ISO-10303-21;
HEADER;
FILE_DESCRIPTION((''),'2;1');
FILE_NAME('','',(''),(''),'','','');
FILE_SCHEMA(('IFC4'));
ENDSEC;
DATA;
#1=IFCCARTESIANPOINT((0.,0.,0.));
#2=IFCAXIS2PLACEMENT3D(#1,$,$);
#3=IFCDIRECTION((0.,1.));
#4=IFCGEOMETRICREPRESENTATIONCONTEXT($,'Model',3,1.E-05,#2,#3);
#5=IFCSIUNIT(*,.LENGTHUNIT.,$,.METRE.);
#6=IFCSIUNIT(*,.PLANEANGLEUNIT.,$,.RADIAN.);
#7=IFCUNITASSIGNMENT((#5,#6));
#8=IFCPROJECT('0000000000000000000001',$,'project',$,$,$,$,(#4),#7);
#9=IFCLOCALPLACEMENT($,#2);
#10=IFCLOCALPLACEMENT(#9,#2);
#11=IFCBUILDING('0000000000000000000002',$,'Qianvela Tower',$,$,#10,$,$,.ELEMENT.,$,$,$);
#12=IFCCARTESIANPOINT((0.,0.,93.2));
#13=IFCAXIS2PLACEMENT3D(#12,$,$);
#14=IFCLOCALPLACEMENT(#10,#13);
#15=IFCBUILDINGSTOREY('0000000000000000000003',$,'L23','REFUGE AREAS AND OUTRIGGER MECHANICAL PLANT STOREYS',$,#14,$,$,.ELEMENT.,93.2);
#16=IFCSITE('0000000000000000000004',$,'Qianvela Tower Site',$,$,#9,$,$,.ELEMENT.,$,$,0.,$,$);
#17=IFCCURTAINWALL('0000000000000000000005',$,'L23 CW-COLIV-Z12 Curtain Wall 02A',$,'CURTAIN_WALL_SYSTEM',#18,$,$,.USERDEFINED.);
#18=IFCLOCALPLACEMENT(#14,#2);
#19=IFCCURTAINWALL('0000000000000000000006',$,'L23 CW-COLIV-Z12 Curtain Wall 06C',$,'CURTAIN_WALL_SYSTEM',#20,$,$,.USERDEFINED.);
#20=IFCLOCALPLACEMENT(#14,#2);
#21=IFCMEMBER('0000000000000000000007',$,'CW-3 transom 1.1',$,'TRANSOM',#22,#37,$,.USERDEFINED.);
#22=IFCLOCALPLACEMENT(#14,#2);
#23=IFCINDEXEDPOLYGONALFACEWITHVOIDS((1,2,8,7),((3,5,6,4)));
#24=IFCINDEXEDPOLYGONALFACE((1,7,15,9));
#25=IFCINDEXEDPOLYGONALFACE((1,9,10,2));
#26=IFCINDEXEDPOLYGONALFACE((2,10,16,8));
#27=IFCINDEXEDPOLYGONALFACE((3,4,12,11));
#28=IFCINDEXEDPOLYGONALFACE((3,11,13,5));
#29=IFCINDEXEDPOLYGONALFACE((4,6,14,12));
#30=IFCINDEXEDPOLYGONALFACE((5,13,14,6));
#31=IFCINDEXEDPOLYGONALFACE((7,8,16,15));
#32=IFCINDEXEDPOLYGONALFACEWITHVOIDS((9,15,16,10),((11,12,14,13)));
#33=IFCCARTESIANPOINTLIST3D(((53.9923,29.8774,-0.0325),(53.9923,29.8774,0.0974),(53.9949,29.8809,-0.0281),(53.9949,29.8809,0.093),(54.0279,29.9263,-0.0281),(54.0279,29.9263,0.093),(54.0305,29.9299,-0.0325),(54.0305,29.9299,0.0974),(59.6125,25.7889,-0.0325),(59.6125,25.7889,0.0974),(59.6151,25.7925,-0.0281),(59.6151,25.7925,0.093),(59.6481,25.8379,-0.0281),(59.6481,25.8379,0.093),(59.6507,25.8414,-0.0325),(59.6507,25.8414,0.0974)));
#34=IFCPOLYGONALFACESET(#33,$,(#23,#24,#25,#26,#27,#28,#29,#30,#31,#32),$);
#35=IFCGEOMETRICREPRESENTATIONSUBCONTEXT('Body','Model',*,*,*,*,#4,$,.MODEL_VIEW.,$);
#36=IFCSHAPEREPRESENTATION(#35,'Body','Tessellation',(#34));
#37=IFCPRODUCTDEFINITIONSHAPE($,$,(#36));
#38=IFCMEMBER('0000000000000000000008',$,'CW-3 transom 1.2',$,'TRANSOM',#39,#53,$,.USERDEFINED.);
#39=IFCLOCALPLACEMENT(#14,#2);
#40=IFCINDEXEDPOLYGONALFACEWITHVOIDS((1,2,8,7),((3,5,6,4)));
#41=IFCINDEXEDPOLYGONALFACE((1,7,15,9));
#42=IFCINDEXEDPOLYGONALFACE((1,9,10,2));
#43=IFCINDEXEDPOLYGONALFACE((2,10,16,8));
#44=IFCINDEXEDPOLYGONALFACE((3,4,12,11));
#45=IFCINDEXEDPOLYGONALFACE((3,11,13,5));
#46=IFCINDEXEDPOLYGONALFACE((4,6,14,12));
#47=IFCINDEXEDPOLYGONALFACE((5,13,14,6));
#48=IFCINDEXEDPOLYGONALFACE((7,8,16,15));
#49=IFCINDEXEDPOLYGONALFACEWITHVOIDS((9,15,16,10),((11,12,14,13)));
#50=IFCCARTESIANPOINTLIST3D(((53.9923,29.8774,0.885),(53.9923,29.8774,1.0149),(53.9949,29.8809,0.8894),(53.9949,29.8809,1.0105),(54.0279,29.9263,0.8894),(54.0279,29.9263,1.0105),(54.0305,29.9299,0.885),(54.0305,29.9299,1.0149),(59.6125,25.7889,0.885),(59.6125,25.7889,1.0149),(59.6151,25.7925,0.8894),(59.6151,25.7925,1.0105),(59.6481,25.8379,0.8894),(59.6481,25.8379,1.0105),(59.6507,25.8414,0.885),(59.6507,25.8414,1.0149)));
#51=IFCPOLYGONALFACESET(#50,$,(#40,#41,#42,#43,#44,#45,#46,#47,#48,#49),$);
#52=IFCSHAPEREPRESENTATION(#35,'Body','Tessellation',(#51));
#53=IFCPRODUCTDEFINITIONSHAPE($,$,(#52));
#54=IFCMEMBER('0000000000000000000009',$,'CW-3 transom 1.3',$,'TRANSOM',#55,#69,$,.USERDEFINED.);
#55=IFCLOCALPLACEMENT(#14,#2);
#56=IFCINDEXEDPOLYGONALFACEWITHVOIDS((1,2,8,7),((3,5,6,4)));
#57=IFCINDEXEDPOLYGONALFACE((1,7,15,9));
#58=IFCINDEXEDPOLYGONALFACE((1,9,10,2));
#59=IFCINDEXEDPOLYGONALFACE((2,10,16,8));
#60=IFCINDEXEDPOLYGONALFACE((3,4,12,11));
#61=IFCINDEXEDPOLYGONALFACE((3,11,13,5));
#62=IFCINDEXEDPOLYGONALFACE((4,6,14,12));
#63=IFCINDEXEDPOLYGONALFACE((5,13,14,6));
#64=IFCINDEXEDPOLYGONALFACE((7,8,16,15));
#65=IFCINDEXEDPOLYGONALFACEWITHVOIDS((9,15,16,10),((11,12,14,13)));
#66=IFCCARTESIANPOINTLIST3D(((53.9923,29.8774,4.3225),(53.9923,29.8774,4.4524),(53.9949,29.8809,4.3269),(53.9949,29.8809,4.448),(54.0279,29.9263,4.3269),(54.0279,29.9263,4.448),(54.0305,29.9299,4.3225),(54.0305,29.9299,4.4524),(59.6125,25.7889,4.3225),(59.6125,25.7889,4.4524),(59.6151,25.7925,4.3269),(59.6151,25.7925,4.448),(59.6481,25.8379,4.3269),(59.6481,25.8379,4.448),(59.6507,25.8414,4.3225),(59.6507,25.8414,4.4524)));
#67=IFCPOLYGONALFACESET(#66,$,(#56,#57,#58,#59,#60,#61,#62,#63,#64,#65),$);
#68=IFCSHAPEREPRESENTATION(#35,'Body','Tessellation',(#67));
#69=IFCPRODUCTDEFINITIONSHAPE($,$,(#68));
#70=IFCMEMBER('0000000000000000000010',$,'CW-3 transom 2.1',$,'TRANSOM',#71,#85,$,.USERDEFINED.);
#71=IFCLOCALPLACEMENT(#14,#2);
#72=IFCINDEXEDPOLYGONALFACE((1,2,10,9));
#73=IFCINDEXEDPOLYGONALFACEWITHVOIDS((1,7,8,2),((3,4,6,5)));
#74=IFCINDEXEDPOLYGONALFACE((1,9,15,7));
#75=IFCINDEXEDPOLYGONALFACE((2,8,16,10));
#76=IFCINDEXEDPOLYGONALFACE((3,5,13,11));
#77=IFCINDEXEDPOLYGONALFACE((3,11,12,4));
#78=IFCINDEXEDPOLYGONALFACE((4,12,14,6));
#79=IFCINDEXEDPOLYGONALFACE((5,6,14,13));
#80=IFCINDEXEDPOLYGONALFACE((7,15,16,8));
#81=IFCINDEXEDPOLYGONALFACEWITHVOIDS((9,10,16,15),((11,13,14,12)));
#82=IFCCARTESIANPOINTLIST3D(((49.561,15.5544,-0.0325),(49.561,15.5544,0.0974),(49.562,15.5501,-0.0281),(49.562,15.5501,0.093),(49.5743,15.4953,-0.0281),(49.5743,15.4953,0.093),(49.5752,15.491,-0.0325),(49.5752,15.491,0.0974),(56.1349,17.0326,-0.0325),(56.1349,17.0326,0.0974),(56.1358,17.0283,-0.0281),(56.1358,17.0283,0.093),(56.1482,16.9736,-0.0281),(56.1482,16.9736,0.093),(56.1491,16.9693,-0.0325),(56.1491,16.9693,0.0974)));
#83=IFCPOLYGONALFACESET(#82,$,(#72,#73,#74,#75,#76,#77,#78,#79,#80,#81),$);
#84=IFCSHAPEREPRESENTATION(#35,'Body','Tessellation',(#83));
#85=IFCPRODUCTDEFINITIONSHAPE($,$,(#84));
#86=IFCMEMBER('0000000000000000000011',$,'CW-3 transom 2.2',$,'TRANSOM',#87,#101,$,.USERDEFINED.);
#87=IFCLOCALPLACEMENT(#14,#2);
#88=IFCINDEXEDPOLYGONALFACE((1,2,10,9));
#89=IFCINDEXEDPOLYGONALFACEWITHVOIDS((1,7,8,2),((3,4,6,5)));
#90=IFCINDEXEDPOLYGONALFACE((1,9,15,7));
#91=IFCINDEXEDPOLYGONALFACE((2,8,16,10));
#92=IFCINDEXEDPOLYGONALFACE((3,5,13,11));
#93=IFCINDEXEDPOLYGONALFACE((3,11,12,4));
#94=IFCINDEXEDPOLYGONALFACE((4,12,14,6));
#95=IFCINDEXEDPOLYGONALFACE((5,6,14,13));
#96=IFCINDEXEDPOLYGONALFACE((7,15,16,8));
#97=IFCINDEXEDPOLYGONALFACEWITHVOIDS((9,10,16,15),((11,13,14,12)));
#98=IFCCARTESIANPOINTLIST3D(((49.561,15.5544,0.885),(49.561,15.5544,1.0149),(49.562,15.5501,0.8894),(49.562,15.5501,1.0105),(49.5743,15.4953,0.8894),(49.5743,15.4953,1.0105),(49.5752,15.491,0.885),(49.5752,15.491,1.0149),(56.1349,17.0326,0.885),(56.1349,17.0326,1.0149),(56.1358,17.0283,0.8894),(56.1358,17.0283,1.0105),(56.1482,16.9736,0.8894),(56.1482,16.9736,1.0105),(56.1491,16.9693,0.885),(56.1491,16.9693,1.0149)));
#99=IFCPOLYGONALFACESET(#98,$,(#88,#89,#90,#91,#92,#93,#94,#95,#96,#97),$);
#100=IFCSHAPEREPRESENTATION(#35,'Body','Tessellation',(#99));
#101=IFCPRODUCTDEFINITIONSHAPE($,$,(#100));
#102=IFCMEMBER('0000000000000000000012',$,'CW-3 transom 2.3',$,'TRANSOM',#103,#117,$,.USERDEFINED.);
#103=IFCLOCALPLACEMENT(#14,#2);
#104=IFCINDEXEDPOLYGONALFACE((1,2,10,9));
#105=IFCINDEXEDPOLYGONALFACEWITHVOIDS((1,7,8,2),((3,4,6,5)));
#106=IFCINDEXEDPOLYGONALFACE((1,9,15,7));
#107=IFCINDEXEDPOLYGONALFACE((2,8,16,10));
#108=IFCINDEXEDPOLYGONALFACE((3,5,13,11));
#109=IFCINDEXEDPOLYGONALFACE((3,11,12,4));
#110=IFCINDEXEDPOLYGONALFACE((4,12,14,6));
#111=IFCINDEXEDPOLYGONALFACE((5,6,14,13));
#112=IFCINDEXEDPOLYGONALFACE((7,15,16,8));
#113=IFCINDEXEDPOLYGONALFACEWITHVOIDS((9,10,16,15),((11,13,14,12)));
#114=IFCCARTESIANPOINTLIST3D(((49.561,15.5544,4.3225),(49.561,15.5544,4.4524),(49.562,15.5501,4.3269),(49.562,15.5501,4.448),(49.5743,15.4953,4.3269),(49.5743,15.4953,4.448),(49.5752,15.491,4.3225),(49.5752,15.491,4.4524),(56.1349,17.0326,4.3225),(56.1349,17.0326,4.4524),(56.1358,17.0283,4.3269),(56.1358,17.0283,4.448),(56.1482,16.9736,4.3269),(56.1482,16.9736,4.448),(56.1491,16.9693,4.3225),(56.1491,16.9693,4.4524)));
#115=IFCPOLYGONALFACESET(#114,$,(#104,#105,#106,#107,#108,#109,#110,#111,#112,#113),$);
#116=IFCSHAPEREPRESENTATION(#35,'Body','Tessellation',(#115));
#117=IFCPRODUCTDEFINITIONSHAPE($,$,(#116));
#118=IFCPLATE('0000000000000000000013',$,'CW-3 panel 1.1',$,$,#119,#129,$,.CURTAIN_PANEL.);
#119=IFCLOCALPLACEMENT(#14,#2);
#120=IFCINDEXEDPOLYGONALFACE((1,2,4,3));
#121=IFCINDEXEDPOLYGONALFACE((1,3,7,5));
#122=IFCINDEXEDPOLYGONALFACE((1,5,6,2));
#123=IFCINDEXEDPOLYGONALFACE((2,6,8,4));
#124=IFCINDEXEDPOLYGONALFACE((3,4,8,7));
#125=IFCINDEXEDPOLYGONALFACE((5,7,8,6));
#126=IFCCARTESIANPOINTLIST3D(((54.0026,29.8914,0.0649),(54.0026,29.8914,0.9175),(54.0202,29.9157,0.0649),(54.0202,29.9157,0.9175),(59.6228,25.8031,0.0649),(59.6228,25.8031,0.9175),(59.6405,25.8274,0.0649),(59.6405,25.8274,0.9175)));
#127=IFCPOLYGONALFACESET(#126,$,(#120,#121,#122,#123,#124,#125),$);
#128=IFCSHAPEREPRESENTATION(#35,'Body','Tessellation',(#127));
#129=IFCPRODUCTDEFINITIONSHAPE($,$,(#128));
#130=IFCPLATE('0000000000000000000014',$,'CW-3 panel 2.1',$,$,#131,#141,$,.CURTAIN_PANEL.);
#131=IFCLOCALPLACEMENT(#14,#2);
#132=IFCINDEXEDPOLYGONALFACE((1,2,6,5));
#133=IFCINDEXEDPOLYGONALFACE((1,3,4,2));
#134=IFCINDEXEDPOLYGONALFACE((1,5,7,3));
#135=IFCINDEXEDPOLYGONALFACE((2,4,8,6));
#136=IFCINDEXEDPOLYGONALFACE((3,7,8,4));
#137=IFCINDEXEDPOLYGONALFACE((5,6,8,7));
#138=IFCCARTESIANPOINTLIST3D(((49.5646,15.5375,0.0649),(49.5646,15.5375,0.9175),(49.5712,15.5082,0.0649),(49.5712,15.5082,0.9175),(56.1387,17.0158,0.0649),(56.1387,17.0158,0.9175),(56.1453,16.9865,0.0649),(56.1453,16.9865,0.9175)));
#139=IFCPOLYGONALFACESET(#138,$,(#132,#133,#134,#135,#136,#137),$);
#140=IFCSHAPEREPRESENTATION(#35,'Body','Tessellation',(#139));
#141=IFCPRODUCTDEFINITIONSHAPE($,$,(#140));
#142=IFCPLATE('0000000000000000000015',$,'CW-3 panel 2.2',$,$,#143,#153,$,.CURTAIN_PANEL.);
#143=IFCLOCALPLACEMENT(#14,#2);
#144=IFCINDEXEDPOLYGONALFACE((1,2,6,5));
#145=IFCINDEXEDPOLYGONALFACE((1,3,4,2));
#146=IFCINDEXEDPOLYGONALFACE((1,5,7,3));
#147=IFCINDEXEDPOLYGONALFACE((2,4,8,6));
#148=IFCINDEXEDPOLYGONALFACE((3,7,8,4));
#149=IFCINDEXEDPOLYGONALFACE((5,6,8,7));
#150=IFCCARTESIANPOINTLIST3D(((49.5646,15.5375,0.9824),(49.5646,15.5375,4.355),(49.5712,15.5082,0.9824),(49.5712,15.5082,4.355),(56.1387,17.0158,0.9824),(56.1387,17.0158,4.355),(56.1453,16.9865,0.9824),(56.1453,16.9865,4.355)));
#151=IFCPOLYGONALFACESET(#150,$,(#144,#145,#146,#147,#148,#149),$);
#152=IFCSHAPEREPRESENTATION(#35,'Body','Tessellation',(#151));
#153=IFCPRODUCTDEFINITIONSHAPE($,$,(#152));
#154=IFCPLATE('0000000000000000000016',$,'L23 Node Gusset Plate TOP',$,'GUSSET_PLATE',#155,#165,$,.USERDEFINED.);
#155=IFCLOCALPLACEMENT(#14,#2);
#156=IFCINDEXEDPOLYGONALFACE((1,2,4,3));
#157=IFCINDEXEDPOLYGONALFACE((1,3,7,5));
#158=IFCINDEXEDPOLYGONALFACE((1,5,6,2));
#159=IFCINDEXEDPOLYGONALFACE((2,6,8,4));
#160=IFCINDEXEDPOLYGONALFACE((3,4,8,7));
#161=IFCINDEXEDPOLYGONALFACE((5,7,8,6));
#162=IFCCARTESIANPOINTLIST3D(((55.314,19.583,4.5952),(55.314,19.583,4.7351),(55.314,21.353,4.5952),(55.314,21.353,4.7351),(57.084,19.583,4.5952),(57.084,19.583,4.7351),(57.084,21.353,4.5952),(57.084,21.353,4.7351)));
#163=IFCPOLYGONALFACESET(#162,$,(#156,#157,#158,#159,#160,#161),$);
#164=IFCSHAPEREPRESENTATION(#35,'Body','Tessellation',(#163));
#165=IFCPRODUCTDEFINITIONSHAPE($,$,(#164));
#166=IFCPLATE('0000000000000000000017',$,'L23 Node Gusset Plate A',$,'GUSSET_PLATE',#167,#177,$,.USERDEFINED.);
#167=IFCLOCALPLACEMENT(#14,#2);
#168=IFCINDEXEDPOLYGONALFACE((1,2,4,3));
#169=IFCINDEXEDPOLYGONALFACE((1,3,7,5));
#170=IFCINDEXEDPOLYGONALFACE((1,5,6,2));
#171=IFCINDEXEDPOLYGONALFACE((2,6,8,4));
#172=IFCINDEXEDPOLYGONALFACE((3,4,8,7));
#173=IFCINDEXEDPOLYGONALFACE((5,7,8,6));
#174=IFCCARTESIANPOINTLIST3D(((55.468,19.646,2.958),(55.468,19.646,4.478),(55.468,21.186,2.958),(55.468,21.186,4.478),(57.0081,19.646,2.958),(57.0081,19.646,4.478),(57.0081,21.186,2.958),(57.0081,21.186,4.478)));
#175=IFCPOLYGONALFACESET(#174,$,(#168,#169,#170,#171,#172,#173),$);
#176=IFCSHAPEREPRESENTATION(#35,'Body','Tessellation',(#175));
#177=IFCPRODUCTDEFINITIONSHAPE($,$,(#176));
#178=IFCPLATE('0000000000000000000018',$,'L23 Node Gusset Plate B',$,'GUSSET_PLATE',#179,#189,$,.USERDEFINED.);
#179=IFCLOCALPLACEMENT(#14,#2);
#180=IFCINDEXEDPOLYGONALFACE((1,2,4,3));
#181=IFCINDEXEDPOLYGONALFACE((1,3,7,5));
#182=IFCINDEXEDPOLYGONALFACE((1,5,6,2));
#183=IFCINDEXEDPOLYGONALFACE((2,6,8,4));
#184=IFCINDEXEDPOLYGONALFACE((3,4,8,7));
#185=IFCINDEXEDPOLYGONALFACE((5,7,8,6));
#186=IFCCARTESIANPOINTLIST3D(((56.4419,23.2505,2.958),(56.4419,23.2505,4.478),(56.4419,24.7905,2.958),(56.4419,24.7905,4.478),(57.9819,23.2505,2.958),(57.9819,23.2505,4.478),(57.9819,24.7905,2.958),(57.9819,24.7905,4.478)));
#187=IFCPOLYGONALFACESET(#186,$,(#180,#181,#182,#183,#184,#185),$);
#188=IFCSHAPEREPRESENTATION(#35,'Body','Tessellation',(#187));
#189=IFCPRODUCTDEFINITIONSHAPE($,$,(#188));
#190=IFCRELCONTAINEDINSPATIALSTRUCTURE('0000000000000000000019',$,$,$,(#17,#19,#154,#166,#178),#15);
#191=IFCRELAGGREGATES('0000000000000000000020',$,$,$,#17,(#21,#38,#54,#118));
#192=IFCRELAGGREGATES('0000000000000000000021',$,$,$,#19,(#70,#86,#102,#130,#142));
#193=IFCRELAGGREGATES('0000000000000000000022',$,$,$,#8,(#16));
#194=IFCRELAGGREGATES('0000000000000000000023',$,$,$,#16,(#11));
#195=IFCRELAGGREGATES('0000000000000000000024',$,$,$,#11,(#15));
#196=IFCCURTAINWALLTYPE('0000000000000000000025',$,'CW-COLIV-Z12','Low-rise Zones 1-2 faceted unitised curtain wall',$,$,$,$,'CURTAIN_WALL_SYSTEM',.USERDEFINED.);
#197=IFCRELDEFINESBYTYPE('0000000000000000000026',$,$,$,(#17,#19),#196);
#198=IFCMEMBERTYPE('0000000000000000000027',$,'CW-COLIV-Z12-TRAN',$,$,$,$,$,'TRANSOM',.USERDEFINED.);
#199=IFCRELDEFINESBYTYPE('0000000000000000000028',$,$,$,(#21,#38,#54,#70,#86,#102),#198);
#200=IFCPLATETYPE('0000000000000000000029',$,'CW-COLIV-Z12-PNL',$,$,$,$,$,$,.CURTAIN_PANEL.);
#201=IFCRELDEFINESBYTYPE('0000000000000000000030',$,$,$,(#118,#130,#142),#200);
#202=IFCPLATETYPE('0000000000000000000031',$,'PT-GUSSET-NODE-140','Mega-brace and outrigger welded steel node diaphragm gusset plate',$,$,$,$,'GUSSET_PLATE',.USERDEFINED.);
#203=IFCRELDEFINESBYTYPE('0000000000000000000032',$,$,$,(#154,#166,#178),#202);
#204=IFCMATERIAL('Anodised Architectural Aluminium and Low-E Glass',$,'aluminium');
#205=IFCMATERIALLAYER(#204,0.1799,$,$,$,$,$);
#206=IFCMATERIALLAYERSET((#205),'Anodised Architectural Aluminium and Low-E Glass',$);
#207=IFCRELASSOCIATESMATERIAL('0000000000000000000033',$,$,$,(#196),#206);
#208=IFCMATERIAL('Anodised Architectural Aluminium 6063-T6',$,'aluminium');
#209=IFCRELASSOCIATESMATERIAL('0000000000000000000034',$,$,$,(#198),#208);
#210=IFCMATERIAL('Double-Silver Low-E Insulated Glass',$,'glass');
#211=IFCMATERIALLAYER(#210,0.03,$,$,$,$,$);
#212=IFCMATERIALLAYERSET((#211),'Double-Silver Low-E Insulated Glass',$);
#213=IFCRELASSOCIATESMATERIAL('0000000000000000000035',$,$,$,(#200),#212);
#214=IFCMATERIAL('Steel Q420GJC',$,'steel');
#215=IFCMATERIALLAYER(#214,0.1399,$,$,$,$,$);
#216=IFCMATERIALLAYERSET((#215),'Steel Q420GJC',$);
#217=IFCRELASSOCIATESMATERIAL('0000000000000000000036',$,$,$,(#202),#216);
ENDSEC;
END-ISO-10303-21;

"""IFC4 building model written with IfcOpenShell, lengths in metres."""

from ifc_helpers import new_model, si_unit, direction, frame, origin, origin_2d, place, context, subcontext, project, spatial, rectangle, hollow_rectangle, extrude, material, layer, layer_set, material_profile, profile_set, type_object, element, aggregate, save


model = new_model("IFC4")

# Units and contexts
model_context = context("Model", 3, precision=1e-05, world=origin(), true_north=direction((0.0, 1.0)))
body_context = subcontext(model_context, "Body", "Model", "MODEL_VIEW")
ifc_project = project(units=[si_unit("LENGTHUNIT", "METRE"), si_unit("PLANEANGLEUNIT", "RADIAN")], contexts=[model_context])

# Site, building, storey
site_placement = place(None, origin())
site = spatial("IfcSite", under=ifc_project, at=site_placement, Name="Qianvela Tower Site", CompositionType="ELEMENT", RefElevation=0.0)
building_placement = place(site_placement, origin())
building = spatial("IfcBuilding", under=site, at=building_placement, Name="Qianvela Tower", CompositionType="ELEMENT")
storey_placement = place(building_placement, frame((0.0, 0.0, 93.2)))
storey = spatial("IfcBuildingStorey", under=building, at=storey_placement, Name="L23", Description="REFUGE AREAS AND OUTRIGGER MECHANICAL PLANT STOREYS", CompositionType="ELEMENT", Elevation=93.2)

# Curtain walls
ifc_material_1 = material(Name="Anodised Architectural Aluminium and Low-E Glass", Category="aluminium")
ifc_layer_1 = layer(ifc_material_1, 0.1799)
ifc_layer_set_1 = layer_set([ifc_layer_1], Name="Anodised Architectural Aluminium and Low-E Glass")
curtain_wall_type = type_object("IfcCurtainWallType", Name="CW-COLIV-Z12", Description="Low-rise Zones 1-2 faceted unitised curtain wall", ElementType="CURTAIN_WALL_SYSTEM", PredefinedType="USERDEFINED", material=ifc_layer_set_1)
curtain_wall_1_placement = place(storey_placement, origin())
curtain_wall_1 = element("IfcCurtainWall", 1, at=curtain_wall_1_placement, inside=storey, type_object=curtain_wall_type, Name="L23 CW-COLIV-Z12 Curtain Wall 02A", ObjectType="CURTAIN_WALL_SYSTEM", PredefinedType="USERDEFINED")
curtain_wall_2_placement = place(storey_placement, origin())
curtain_wall_2 = element("IfcCurtainWall", 2, at=curtain_wall_2_placement, inside=storey, type_object=curtain_wall_type, Name="L23 CW-COLIV-Z12 Curtain Wall 06C", ObjectType="CURTAIN_WALL_SYSTEM", PredefinedType="USERDEFINED")

# Members
ifc_material_2 = material(Name="Anodised Architectural Aluminium 6063-T6", Category="aluminium")
ifc_material_profile_1 = material_profile(ifc_material_2, hollow_rectangle(XDim=0.0649, YDim=0.1299, WallThickness=0.0044, at=origin_2d()), Name="ALU-TRAN-65x130")
ifc_profile_set_1 = profile_set([ifc_material_profile_1], Name="Anodised Architectural Aluminium 6063-T6")
member_type_1 = type_object("IfcMemberType", Name="CW-COLIV-Z12-TRAN", ElementType="TRANSOM", PredefinedType="USERDEFINED", material=ifc_profile_set_1)
member_1_placement = place(storey_placement, frame((59.6316, 25.8152, 0.0325), z_axis=(-0.808666, 0.588268, 0.0), x_axis=(-0.588268, -0.808666, 0.0)))
member_1 = element("IfcMember", 3, at=member_1_placement, type_object=member_type_1, Name="CW-3 transom 1.1", ObjectType="TRANSOM", PredefinedType="USERDEFINED", context=body_context, shape_type="SweptSolid", body=[
    extrude(hollow_rectangle(XDim=0.0649, YDim=0.1299, WallThickness=0.0044, at=origin_2d()), origin(), (0.0, 0.0, 1.0), 6.95),
])
member_2_placement = place(storey_placement, frame((59.6316, 25.8152, 0.95), z_axis=(-0.808666, 0.588268, 0.0), x_axis=(-0.588268, -0.808666, 0.0)))
member_2 = element("IfcMember", 4, at=member_2_placement, type_object=member_type_1, Name="CW-3 transom 1.2", ObjectType="TRANSOM", PredefinedType="USERDEFINED", context=body_context, shape_type="SweptSolid", body=[
    extrude(hollow_rectangle(XDim=0.0649, YDim=0.1299, WallThickness=0.0044, at=origin_2d()), origin(), (0.0, 0.0, 1.0), 6.95),
])
member_3_placement = place(storey_placement, frame((59.6316, 25.8152, 4.3875), z_axis=(-0.808666, 0.588268, 0.0), x_axis=(-0.588268, -0.808666, 0.0)))
member_3 = element("IfcMember", 5, at=member_3_placement, type_object=member_type_1, Name="CW-3 transom 1.3", ObjectType="TRANSOM", PredefinedType="USERDEFINED", context=body_context, shape_type="SweptSolid", body=[
    extrude(hollow_rectangle(XDim=0.0649, YDim=0.1299, WallThickness=0.0044, at=origin_2d()), origin(), (0.0, 0.0, 1.0), 6.95),
])
member_4_placement = place(storey_placement, frame((49.5681, 15.5227, 0.0325), z_axis=(0.975637, 0.219389, 0.0), x_axis=(-0.219389, 0.975637, 0.0)))
member_4 = element("IfcMember", 6, at=member_4_placement, type_object=member_type_1, Name="CW-3 transom 2.1", ObjectType="TRANSOM", PredefinedType="USERDEFINED", context=body_context, shape_type="SweptSolid", body=[
    extrude(hollow_rectangle(XDim=0.0649, YDim=0.1299, WallThickness=0.0044, at=origin_2d()), origin(), (0.0, 0.0, 1.0), 6.738),
])
member_5_placement = place(storey_placement, frame((49.5681, 15.5227, 0.95), z_axis=(0.975637, 0.219389, 0.0), x_axis=(-0.219389, 0.975637, 0.0)))
member_5 = element("IfcMember", 7, at=member_5_placement, type_object=member_type_1, Name="CW-3 transom 2.2", ObjectType="TRANSOM", PredefinedType="USERDEFINED", context=body_context, shape_type="SweptSolid", body=[
    extrude(hollow_rectangle(XDim=0.0649, YDim=0.1299, WallThickness=0.0044, at=origin_2d()), origin(), (0.0, 0.0, 1.0), 6.738),
])
member_6_placement = place(storey_placement, frame((49.5681, 15.5227, 4.3875), z_axis=(0.975637, 0.219389, 0.0), x_axis=(-0.219389, 0.975637, 0.0)))
member_6 = element("IfcMember", 8, at=member_6_placement, type_object=member_type_1, Name="CW-3 transom 2.3", ObjectType="TRANSOM", PredefinedType="USERDEFINED", context=body_context, shape_type="SweptSolid", body=[
    extrude(hollow_rectangle(XDim=0.0649, YDim=0.1299, WallThickness=0.0044, at=origin_2d()), origin(), (0.0, 0.0, 1.0), 6.738),
])

# Plates
ifc_material_3 = material(Name="Double-Silver Low-E Insulated Glass", Category="glass")
ifc_layer_2 = layer(ifc_material_3, 0.03)
ifc_layer_set_2 = layer_set([ifc_layer_2], Name="Double-Silver Low-E Insulated Glass")
plate_type_1 = type_object("IfcPlateType", Name="CW-COLIV-Z12-PNL", PredefinedType="CURTAIN_PANEL", material=ifc_layer_set_2)
plate_1_placement = place(storey_placement, frame((56.8215, 27.8594, 0.0649), z_axis=(0.0, 0.0, 1.0), x_axis=(-0.808677, 0.588253, 0.0)))
plate_1 = element("IfcPlate", 9, at=plate_1_placement, type_object=plate_type_1, Name="CW-3 panel 1.1", PredefinedType="CURTAIN_PANEL", context=body_context, shape_type="SweptSolid", body=[
    extrude(rectangle(XDim=6.95, YDim=0.03, at=origin_2d()), origin(), (0.0, 0.0, 1.0), 0.8525),
])
aggregate(curtain_wall_1, [member_1, member_2, member_3, plate_1])
plate_2_placement = place(storey_placement, frame((52.855, 16.262, 0.0649), z_axis=(0.0, 0.0, 1.0), x_axis=(0.975638, 0.219387, 0.0)))
plate_2 = element("IfcPlate", 10, at=plate_2_placement, type_object=plate_type_1, Name="CW-3 panel 2.1", PredefinedType="CURTAIN_PANEL", context=body_context, shape_type="SweptSolid", body=[
    extrude(rectangle(XDim=6.7383, YDim=0.03, at=origin_2d()), origin(), (0.0, 0.0, 1.0), 0.8525),
])
plate_3_placement = place(storey_placement, frame((52.855, 16.262, 0.9824), z_axis=(0.0, 0.0, 1.0), x_axis=(0.975638, 0.219387, 0.0)))
plate_3 = element("IfcPlate", 11, at=plate_3_placement, type_object=plate_type_1, Name="CW-3 panel 2.2", PredefinedType="CURTAIN_PANEL", context=body_context, shape_type="SweptSolid", body=[
    extrude(rectangle(XDim=6.7383, YDim=0.03, at=origin_2d()), origin(), (0.0, 0.0, 1.0), 3.3726),
])
aggregate(curtain_wall_2, [member_4, member_5, member_6, plate_2, plate_3])

# Plates
ifc_material_4 = material(Name="Steel Q420GJC", Category="steel")
ifc_layer_3 = layer(ifc_material_4, 0.1399)
ifc_layer_set_3 = layer_set([ifc_layer_3], Name="Steel Q420GJC")
plate_type_2 = type_object("IfcPlateType", Name="PT-GUSSET-NODE-140", Description="Mega-brace and outrigger welded steel node diaphragm gusset plate", ElementType="GUSSET_PLATE", PredefinedType="USERDEFINED", material=ifc_layer_set_3)
plate_4_placement = place(storey_placement, frame((56.199, 20.468, 4.5952), z_axis=(0.0, 0.0, 1.0), x_axis=(1.0, 0.0, 0.0)))
element("IfcPlate", 12, at=plate_4_placement, inside=storey, type_object=plate_type_2, Name="L23 Node Gusset Plate TOP", ObjectType="GUSSET_PLATE", PredefinedType="USERDEFINED", context=body_context, shape_type="SweptSolid", body=[
    extrude(rectangle(XDim=1.77, YDim=1.77, at=origin_2d()), origin(), (0.0, 0.0, 1.0), 0.1399),
])
for number, where, z_axis, x_axis, name in (
    (13, (56.238, 20.416, 2.958), (0.0, 0.0, 1.0), (1.0, 0.0, 0.0), "L23 Node Gusset Plate A"),
    (14, (57.2119, 24.0205, 2.958), (0.0, 0.0, 1.0), (1.0, 0.0, 0.0), "L23 Node Gusset Plate B"),
):
    element("IfcPlate", number, at=place(storey_placement, frame(where, z_axis=z_axis, x_axis=x_axis)), inside=storey, type_object=plate_type_2, Name=name, ObjectType="GUSSET_PLATE", PredefinedType="USERDEFINED", context=body_context, shape_type="SweptSolid", body=[
        extrude(rectangle(XDim=1.54, YDim=1.54, at=origin_2d()), origin(), (0.0, 0.0, 1.0), 1.52),
    ])

save(model, "model.ifc")
